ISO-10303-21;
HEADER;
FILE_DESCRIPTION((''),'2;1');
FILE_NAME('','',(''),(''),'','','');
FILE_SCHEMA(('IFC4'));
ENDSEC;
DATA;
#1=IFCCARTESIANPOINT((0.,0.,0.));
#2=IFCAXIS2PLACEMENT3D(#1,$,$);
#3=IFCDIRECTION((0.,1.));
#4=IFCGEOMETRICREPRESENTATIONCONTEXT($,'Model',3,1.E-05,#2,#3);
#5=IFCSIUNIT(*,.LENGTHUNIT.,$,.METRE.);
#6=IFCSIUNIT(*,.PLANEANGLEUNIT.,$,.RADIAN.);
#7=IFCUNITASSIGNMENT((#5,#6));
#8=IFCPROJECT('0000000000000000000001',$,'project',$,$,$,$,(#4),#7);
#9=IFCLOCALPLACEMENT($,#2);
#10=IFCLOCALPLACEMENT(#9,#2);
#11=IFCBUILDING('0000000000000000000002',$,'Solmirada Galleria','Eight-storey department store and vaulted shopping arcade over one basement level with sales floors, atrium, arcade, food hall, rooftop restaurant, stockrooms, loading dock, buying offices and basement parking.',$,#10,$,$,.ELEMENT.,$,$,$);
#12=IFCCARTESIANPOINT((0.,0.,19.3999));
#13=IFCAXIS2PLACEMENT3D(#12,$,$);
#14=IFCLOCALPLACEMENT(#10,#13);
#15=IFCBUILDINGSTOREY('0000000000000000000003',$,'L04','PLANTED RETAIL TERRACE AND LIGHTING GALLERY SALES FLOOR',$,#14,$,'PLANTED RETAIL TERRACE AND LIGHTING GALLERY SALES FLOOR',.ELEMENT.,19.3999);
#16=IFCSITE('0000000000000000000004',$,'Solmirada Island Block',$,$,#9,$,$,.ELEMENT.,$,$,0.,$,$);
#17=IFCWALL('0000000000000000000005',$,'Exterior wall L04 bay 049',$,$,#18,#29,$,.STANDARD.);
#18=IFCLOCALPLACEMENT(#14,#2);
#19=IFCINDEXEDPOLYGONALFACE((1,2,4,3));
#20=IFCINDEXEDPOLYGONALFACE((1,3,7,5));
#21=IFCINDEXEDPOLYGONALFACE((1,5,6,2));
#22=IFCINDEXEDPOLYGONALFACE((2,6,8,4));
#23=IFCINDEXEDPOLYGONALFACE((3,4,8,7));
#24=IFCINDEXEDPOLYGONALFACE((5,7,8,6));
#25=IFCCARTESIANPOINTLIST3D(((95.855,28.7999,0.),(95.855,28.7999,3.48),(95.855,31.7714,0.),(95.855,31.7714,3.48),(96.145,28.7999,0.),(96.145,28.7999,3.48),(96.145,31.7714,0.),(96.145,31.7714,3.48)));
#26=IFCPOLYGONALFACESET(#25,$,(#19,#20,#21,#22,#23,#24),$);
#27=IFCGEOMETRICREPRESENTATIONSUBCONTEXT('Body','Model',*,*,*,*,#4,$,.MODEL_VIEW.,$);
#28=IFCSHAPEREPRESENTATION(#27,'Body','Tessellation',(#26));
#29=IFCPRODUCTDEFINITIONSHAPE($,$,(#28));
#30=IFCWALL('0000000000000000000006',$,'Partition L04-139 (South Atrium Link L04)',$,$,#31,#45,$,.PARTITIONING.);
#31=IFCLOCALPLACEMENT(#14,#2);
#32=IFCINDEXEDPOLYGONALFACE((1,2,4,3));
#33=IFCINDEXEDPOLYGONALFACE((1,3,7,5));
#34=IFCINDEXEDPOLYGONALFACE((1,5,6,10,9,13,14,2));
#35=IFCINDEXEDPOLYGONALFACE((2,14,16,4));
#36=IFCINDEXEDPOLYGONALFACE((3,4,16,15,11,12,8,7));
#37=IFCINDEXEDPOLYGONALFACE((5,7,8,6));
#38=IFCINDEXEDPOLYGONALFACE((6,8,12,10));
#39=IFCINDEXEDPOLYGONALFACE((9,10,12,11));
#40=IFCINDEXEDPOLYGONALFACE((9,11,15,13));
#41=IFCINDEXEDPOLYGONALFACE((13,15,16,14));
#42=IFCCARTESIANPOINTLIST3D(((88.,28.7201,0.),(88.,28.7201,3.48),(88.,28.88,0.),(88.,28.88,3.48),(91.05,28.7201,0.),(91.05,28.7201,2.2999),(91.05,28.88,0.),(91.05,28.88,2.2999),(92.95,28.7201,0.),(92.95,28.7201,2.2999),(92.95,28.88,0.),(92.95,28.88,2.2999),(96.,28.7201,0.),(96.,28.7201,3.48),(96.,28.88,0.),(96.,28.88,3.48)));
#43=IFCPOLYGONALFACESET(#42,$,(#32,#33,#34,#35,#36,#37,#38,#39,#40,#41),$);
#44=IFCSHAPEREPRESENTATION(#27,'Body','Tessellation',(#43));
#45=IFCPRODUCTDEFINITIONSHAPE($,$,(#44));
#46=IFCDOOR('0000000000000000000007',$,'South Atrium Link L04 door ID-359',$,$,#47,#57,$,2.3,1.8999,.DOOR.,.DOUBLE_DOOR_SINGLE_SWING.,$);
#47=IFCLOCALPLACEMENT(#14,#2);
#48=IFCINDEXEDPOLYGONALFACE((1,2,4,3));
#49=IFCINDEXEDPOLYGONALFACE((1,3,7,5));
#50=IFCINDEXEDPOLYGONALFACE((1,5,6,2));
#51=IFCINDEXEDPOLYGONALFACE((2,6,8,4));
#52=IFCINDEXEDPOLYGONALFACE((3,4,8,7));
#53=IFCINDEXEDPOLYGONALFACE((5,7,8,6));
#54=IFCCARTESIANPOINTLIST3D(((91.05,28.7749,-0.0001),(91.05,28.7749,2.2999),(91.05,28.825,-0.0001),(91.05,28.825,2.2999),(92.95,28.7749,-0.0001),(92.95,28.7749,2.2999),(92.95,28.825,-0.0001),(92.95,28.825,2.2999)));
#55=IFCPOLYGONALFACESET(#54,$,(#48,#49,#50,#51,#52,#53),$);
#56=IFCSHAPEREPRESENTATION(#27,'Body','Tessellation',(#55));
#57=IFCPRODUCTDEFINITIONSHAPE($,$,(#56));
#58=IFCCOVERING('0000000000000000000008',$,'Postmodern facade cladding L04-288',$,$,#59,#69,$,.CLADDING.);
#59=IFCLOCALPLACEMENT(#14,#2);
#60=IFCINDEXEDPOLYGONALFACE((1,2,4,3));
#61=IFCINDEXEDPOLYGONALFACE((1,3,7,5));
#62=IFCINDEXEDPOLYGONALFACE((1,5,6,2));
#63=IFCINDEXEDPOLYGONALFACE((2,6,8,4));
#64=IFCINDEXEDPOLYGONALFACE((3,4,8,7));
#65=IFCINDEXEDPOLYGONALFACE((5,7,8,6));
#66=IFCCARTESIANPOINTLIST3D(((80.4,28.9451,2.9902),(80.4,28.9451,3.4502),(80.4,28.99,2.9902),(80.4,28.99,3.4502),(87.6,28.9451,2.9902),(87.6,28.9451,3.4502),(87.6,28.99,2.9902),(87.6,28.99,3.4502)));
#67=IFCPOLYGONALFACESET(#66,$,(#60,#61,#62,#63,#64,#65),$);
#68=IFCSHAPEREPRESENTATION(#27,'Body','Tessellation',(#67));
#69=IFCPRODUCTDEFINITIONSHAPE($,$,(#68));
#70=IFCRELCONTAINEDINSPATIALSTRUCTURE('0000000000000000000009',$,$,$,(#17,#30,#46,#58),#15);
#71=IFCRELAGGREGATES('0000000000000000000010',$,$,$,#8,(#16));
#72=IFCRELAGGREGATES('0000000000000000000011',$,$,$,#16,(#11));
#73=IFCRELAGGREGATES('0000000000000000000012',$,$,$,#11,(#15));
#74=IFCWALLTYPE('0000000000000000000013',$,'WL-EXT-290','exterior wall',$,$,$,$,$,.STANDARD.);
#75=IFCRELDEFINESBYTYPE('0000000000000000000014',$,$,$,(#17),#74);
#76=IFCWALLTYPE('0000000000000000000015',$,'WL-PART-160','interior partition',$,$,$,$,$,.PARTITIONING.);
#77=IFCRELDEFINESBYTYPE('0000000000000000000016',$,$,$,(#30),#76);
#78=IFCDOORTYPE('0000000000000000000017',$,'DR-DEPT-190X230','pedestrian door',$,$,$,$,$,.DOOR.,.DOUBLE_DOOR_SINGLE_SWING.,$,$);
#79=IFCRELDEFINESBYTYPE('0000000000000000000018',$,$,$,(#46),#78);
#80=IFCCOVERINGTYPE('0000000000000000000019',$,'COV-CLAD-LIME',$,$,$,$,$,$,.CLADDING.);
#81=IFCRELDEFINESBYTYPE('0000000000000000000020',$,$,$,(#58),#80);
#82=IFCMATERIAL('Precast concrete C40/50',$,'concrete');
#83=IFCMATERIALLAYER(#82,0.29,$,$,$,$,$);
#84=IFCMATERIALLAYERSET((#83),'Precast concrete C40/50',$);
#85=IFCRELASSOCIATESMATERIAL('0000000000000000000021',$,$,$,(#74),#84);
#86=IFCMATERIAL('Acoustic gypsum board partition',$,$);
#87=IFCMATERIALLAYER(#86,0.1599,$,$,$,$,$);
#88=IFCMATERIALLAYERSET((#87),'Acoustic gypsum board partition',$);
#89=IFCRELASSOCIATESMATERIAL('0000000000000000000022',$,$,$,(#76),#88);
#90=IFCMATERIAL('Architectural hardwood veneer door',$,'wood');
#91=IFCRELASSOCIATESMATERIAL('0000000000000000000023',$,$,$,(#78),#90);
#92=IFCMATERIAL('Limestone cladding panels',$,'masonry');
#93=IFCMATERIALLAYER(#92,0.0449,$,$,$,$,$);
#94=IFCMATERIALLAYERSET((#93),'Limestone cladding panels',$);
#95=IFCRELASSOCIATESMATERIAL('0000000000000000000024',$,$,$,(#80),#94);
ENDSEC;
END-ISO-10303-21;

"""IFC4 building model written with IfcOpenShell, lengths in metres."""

from ifc_helpers import new_model, si_unit, direction, frame, frame_2d, origin, origin_2d, place, context, subcontext, project, spatial, rectangle, extrude, material, layer, layer_set, type_object, element, fill, save


model = new_model("IFC4")

# Units and contexts
model_context = context("Model", 3, precision=1e-05, world=origin(), true_north=direction((0.0, 1.0)))
body_context = subcontext(model_context, "Body", "Model", "MODEL_VIEW")
ifc_project = project(units=[si_unit("LENGTHUNIT", "METRE"), si_unit("PLANEANGLEUNIT", "RADIAN")], contexts=[model_context])

# Site, building, storey
site_placement = place(None, origin())
site = spatial("IfcSite", under=ifc_project, at=site_placement, Name="Solmirada Island Block", CompositionType="ELEMENT", RefElevation=0.0)
building_placement = place(site_placement, origin())
building = spatial("IfcBuilding", under=site, at=building_placement, Name="Solmirada Galleria", Description="Eight-storey department store and vaulted shopping arcade over one basement level with sales floors, atrium, arcade, food hall, rooftop restaurant, stockrooms, loading dock, buying offices and basement parking.", CompositionType="ELEMENT")
storey_placement = place(building_placement, frame((0.0, 0.0, 19.3999)))
storey = spatial("IfcBuildingStorey", under=building, at=storey_placement, Name="L04", Description="PLANTED RETAIL TERRACE AND LIGHTING GALLERY SALES FLOOR", LongName="PLANTED RETAIL TERRACE AND LIGHTING GALLERY SALES FLOOR", CompositionType="ELEMENT", Elevation=19.3999)

# Wall
ifc_material_1 = material(Name="Precast concrete C40/50", Category="concrete")
ifc_layer_1 = layer(ifc_material_1, 0.29)
ifc_layer_set_1 = layer_set([ifc_layer_1], Name="Precast concrete C40/50")
wall_type_1 = type_object("IfcWallType", Name="WL-EXT-290", Description="exterior wall", PredefinedType="STANDARD", material=ifc_layer_set_1)
for number, where, z_axis, x_axis, name in (
    (1, (96.0, 31.7715, 0.0), (0.0, 0.0, 1.0), (0.0, -1.0, 0.0), "Exterior wall L04 bay 049"),
):
    element("IfcWall", number, at=place(storey_placement, frame(where, z_axis=z_axis, x_axis=x_axis)), inside=storey, type_object=wall_type_1, Name=name, PredefinedType="STANDARD", context=body_context, shape_type="SweptSolid", body=[
        extrude(rectangle(XDim=2.9714, YDim=0.29, at=frame_2d((1.4858, 0.0))), origin(), (0.0, 0.0, 1.0), 3.48),
    ])

# Wall, opening, door
ifc_material_2 = material(Name="Acoustic gypsum board partition")
ifc_layer_2 = layer(ifc_material_2, 0.1599)
ifc_layer_set_2 = layer_set([ifc_layer_2], Name="Acoustic gypsum board partition")
wall_type_2 = type_object("IfcWallType", Name="WL-PART-160", Description="interior partition", PredefinedType="PARTITIONING", material=ifc_layer_set_2)
wall_placement = place(storey_placement, frame((88.0, 28.8, 0.0), z_axis=(0.0, 0.0, 1.0), x_axis=(1.0, 0.0, 0.0)))
wall = element("IfcWall", 2, at=wall_placement, inside=storey, type_object=wall_type_2, Name="Partition L04-139 (South Atrium Link L04)", PredefinedType="PARTITIONING", context=body_context, shape_type="SweptSolid", body=[
    extrude(rectangle(XDim=8.0, YDim=0.1599, at=frame_2d((4.0, 0.0))), origin(), (0.0, 0.0, 1.0), 3.48),
])
opening_placement = place(wall_placement, frame((3.05, 0.0, 0.0)))
opening = element("IfcOpeningElement", 3, at=opening_placement, cuts=wall, PredefinedType="OPENING", context=body_context, shape_type="SweptSolid", body=[
    extrude(rectangle(XDim=1.8999, YDim=2.3, at=frame_2d((0.95, 1.1499))), frame((0.0, 0.0898, 0.0), z_axis=(0.0, -1.0, 0.0), x_axis=(1.0, 0.0, 0.0)), (0.0, 0.0, 1.0), 0.1799),
])
ifc_material_3 = material(Name="Architectural hardwood veneer door", Category="wood")
door_type = type_object("IfcDoorType", Name="DR-DEPT-190X230", Description="pedestrian door", OperationType="DOUBLE_DOOR_SINGLE_SWING", PredefinedType="DOOR", material=ifc_material_3)
door_placement = place(opening_placement, origin())
door = element("IfcDoor", 4, at=door_placement, inside=storey, type_object=door_type, Name="South Atrium Link L04 door ID-359", OperationType="DOUBLE_DOOR_SINGLE_SWING", OverallHeight=2.3, OverallWidth=1.8999, PredefinedType="DOOR", context=body_context, shape_type="SweptSolid", body=[
    extrude(rectangle(XDim=1.8999, YDim=2.3, at=frame_2d((0.95, 1.1499))), frame((0.0, 0.0249, 0.0), z_axis=(0.0, -1.0, 0.0), x_axis=(1.0, 0.0, 0.0)), (0.0, 0.0, 1.0), 0.05),
])
fill(opening, door)

# Covering
ifc_material_4 = material(Name="Limestone cladding panels", Category="masonry")
ifc_layer_3 = layer(ifc_material_4, 0.0449)
ifc_layer_set_3 = layer_set([ifc_layer_3], Name="Limestone cladding panels")
covering_type = type_object("IfcCoveringType", Name="COV-CLAD-LIME", PredefinedType="CLADDING", material=ifc_layer_set_3)
covering_placement = place(storey_placement, frame((84.0, 28.9675, 2.9902), z_axis=(0.0, 0.0, 1.0), x_axis=(1.0, 0.0, 0.0)))
element("IfcCovering", 5, at=covering_placement, inside=storey, type_object=covering_type, Name="Postmodern facade cladding L04-288", PredefinedType="CLADDING", context=body_context, shape_type="SweptSolid", body=[
    extrude(rectangle(XDim=7.2, YDim=0.0449, at=origin_2d()), origin(), (0.0, 0.0, 1.0), 0.46),
])

save(model, "model.ifc")
